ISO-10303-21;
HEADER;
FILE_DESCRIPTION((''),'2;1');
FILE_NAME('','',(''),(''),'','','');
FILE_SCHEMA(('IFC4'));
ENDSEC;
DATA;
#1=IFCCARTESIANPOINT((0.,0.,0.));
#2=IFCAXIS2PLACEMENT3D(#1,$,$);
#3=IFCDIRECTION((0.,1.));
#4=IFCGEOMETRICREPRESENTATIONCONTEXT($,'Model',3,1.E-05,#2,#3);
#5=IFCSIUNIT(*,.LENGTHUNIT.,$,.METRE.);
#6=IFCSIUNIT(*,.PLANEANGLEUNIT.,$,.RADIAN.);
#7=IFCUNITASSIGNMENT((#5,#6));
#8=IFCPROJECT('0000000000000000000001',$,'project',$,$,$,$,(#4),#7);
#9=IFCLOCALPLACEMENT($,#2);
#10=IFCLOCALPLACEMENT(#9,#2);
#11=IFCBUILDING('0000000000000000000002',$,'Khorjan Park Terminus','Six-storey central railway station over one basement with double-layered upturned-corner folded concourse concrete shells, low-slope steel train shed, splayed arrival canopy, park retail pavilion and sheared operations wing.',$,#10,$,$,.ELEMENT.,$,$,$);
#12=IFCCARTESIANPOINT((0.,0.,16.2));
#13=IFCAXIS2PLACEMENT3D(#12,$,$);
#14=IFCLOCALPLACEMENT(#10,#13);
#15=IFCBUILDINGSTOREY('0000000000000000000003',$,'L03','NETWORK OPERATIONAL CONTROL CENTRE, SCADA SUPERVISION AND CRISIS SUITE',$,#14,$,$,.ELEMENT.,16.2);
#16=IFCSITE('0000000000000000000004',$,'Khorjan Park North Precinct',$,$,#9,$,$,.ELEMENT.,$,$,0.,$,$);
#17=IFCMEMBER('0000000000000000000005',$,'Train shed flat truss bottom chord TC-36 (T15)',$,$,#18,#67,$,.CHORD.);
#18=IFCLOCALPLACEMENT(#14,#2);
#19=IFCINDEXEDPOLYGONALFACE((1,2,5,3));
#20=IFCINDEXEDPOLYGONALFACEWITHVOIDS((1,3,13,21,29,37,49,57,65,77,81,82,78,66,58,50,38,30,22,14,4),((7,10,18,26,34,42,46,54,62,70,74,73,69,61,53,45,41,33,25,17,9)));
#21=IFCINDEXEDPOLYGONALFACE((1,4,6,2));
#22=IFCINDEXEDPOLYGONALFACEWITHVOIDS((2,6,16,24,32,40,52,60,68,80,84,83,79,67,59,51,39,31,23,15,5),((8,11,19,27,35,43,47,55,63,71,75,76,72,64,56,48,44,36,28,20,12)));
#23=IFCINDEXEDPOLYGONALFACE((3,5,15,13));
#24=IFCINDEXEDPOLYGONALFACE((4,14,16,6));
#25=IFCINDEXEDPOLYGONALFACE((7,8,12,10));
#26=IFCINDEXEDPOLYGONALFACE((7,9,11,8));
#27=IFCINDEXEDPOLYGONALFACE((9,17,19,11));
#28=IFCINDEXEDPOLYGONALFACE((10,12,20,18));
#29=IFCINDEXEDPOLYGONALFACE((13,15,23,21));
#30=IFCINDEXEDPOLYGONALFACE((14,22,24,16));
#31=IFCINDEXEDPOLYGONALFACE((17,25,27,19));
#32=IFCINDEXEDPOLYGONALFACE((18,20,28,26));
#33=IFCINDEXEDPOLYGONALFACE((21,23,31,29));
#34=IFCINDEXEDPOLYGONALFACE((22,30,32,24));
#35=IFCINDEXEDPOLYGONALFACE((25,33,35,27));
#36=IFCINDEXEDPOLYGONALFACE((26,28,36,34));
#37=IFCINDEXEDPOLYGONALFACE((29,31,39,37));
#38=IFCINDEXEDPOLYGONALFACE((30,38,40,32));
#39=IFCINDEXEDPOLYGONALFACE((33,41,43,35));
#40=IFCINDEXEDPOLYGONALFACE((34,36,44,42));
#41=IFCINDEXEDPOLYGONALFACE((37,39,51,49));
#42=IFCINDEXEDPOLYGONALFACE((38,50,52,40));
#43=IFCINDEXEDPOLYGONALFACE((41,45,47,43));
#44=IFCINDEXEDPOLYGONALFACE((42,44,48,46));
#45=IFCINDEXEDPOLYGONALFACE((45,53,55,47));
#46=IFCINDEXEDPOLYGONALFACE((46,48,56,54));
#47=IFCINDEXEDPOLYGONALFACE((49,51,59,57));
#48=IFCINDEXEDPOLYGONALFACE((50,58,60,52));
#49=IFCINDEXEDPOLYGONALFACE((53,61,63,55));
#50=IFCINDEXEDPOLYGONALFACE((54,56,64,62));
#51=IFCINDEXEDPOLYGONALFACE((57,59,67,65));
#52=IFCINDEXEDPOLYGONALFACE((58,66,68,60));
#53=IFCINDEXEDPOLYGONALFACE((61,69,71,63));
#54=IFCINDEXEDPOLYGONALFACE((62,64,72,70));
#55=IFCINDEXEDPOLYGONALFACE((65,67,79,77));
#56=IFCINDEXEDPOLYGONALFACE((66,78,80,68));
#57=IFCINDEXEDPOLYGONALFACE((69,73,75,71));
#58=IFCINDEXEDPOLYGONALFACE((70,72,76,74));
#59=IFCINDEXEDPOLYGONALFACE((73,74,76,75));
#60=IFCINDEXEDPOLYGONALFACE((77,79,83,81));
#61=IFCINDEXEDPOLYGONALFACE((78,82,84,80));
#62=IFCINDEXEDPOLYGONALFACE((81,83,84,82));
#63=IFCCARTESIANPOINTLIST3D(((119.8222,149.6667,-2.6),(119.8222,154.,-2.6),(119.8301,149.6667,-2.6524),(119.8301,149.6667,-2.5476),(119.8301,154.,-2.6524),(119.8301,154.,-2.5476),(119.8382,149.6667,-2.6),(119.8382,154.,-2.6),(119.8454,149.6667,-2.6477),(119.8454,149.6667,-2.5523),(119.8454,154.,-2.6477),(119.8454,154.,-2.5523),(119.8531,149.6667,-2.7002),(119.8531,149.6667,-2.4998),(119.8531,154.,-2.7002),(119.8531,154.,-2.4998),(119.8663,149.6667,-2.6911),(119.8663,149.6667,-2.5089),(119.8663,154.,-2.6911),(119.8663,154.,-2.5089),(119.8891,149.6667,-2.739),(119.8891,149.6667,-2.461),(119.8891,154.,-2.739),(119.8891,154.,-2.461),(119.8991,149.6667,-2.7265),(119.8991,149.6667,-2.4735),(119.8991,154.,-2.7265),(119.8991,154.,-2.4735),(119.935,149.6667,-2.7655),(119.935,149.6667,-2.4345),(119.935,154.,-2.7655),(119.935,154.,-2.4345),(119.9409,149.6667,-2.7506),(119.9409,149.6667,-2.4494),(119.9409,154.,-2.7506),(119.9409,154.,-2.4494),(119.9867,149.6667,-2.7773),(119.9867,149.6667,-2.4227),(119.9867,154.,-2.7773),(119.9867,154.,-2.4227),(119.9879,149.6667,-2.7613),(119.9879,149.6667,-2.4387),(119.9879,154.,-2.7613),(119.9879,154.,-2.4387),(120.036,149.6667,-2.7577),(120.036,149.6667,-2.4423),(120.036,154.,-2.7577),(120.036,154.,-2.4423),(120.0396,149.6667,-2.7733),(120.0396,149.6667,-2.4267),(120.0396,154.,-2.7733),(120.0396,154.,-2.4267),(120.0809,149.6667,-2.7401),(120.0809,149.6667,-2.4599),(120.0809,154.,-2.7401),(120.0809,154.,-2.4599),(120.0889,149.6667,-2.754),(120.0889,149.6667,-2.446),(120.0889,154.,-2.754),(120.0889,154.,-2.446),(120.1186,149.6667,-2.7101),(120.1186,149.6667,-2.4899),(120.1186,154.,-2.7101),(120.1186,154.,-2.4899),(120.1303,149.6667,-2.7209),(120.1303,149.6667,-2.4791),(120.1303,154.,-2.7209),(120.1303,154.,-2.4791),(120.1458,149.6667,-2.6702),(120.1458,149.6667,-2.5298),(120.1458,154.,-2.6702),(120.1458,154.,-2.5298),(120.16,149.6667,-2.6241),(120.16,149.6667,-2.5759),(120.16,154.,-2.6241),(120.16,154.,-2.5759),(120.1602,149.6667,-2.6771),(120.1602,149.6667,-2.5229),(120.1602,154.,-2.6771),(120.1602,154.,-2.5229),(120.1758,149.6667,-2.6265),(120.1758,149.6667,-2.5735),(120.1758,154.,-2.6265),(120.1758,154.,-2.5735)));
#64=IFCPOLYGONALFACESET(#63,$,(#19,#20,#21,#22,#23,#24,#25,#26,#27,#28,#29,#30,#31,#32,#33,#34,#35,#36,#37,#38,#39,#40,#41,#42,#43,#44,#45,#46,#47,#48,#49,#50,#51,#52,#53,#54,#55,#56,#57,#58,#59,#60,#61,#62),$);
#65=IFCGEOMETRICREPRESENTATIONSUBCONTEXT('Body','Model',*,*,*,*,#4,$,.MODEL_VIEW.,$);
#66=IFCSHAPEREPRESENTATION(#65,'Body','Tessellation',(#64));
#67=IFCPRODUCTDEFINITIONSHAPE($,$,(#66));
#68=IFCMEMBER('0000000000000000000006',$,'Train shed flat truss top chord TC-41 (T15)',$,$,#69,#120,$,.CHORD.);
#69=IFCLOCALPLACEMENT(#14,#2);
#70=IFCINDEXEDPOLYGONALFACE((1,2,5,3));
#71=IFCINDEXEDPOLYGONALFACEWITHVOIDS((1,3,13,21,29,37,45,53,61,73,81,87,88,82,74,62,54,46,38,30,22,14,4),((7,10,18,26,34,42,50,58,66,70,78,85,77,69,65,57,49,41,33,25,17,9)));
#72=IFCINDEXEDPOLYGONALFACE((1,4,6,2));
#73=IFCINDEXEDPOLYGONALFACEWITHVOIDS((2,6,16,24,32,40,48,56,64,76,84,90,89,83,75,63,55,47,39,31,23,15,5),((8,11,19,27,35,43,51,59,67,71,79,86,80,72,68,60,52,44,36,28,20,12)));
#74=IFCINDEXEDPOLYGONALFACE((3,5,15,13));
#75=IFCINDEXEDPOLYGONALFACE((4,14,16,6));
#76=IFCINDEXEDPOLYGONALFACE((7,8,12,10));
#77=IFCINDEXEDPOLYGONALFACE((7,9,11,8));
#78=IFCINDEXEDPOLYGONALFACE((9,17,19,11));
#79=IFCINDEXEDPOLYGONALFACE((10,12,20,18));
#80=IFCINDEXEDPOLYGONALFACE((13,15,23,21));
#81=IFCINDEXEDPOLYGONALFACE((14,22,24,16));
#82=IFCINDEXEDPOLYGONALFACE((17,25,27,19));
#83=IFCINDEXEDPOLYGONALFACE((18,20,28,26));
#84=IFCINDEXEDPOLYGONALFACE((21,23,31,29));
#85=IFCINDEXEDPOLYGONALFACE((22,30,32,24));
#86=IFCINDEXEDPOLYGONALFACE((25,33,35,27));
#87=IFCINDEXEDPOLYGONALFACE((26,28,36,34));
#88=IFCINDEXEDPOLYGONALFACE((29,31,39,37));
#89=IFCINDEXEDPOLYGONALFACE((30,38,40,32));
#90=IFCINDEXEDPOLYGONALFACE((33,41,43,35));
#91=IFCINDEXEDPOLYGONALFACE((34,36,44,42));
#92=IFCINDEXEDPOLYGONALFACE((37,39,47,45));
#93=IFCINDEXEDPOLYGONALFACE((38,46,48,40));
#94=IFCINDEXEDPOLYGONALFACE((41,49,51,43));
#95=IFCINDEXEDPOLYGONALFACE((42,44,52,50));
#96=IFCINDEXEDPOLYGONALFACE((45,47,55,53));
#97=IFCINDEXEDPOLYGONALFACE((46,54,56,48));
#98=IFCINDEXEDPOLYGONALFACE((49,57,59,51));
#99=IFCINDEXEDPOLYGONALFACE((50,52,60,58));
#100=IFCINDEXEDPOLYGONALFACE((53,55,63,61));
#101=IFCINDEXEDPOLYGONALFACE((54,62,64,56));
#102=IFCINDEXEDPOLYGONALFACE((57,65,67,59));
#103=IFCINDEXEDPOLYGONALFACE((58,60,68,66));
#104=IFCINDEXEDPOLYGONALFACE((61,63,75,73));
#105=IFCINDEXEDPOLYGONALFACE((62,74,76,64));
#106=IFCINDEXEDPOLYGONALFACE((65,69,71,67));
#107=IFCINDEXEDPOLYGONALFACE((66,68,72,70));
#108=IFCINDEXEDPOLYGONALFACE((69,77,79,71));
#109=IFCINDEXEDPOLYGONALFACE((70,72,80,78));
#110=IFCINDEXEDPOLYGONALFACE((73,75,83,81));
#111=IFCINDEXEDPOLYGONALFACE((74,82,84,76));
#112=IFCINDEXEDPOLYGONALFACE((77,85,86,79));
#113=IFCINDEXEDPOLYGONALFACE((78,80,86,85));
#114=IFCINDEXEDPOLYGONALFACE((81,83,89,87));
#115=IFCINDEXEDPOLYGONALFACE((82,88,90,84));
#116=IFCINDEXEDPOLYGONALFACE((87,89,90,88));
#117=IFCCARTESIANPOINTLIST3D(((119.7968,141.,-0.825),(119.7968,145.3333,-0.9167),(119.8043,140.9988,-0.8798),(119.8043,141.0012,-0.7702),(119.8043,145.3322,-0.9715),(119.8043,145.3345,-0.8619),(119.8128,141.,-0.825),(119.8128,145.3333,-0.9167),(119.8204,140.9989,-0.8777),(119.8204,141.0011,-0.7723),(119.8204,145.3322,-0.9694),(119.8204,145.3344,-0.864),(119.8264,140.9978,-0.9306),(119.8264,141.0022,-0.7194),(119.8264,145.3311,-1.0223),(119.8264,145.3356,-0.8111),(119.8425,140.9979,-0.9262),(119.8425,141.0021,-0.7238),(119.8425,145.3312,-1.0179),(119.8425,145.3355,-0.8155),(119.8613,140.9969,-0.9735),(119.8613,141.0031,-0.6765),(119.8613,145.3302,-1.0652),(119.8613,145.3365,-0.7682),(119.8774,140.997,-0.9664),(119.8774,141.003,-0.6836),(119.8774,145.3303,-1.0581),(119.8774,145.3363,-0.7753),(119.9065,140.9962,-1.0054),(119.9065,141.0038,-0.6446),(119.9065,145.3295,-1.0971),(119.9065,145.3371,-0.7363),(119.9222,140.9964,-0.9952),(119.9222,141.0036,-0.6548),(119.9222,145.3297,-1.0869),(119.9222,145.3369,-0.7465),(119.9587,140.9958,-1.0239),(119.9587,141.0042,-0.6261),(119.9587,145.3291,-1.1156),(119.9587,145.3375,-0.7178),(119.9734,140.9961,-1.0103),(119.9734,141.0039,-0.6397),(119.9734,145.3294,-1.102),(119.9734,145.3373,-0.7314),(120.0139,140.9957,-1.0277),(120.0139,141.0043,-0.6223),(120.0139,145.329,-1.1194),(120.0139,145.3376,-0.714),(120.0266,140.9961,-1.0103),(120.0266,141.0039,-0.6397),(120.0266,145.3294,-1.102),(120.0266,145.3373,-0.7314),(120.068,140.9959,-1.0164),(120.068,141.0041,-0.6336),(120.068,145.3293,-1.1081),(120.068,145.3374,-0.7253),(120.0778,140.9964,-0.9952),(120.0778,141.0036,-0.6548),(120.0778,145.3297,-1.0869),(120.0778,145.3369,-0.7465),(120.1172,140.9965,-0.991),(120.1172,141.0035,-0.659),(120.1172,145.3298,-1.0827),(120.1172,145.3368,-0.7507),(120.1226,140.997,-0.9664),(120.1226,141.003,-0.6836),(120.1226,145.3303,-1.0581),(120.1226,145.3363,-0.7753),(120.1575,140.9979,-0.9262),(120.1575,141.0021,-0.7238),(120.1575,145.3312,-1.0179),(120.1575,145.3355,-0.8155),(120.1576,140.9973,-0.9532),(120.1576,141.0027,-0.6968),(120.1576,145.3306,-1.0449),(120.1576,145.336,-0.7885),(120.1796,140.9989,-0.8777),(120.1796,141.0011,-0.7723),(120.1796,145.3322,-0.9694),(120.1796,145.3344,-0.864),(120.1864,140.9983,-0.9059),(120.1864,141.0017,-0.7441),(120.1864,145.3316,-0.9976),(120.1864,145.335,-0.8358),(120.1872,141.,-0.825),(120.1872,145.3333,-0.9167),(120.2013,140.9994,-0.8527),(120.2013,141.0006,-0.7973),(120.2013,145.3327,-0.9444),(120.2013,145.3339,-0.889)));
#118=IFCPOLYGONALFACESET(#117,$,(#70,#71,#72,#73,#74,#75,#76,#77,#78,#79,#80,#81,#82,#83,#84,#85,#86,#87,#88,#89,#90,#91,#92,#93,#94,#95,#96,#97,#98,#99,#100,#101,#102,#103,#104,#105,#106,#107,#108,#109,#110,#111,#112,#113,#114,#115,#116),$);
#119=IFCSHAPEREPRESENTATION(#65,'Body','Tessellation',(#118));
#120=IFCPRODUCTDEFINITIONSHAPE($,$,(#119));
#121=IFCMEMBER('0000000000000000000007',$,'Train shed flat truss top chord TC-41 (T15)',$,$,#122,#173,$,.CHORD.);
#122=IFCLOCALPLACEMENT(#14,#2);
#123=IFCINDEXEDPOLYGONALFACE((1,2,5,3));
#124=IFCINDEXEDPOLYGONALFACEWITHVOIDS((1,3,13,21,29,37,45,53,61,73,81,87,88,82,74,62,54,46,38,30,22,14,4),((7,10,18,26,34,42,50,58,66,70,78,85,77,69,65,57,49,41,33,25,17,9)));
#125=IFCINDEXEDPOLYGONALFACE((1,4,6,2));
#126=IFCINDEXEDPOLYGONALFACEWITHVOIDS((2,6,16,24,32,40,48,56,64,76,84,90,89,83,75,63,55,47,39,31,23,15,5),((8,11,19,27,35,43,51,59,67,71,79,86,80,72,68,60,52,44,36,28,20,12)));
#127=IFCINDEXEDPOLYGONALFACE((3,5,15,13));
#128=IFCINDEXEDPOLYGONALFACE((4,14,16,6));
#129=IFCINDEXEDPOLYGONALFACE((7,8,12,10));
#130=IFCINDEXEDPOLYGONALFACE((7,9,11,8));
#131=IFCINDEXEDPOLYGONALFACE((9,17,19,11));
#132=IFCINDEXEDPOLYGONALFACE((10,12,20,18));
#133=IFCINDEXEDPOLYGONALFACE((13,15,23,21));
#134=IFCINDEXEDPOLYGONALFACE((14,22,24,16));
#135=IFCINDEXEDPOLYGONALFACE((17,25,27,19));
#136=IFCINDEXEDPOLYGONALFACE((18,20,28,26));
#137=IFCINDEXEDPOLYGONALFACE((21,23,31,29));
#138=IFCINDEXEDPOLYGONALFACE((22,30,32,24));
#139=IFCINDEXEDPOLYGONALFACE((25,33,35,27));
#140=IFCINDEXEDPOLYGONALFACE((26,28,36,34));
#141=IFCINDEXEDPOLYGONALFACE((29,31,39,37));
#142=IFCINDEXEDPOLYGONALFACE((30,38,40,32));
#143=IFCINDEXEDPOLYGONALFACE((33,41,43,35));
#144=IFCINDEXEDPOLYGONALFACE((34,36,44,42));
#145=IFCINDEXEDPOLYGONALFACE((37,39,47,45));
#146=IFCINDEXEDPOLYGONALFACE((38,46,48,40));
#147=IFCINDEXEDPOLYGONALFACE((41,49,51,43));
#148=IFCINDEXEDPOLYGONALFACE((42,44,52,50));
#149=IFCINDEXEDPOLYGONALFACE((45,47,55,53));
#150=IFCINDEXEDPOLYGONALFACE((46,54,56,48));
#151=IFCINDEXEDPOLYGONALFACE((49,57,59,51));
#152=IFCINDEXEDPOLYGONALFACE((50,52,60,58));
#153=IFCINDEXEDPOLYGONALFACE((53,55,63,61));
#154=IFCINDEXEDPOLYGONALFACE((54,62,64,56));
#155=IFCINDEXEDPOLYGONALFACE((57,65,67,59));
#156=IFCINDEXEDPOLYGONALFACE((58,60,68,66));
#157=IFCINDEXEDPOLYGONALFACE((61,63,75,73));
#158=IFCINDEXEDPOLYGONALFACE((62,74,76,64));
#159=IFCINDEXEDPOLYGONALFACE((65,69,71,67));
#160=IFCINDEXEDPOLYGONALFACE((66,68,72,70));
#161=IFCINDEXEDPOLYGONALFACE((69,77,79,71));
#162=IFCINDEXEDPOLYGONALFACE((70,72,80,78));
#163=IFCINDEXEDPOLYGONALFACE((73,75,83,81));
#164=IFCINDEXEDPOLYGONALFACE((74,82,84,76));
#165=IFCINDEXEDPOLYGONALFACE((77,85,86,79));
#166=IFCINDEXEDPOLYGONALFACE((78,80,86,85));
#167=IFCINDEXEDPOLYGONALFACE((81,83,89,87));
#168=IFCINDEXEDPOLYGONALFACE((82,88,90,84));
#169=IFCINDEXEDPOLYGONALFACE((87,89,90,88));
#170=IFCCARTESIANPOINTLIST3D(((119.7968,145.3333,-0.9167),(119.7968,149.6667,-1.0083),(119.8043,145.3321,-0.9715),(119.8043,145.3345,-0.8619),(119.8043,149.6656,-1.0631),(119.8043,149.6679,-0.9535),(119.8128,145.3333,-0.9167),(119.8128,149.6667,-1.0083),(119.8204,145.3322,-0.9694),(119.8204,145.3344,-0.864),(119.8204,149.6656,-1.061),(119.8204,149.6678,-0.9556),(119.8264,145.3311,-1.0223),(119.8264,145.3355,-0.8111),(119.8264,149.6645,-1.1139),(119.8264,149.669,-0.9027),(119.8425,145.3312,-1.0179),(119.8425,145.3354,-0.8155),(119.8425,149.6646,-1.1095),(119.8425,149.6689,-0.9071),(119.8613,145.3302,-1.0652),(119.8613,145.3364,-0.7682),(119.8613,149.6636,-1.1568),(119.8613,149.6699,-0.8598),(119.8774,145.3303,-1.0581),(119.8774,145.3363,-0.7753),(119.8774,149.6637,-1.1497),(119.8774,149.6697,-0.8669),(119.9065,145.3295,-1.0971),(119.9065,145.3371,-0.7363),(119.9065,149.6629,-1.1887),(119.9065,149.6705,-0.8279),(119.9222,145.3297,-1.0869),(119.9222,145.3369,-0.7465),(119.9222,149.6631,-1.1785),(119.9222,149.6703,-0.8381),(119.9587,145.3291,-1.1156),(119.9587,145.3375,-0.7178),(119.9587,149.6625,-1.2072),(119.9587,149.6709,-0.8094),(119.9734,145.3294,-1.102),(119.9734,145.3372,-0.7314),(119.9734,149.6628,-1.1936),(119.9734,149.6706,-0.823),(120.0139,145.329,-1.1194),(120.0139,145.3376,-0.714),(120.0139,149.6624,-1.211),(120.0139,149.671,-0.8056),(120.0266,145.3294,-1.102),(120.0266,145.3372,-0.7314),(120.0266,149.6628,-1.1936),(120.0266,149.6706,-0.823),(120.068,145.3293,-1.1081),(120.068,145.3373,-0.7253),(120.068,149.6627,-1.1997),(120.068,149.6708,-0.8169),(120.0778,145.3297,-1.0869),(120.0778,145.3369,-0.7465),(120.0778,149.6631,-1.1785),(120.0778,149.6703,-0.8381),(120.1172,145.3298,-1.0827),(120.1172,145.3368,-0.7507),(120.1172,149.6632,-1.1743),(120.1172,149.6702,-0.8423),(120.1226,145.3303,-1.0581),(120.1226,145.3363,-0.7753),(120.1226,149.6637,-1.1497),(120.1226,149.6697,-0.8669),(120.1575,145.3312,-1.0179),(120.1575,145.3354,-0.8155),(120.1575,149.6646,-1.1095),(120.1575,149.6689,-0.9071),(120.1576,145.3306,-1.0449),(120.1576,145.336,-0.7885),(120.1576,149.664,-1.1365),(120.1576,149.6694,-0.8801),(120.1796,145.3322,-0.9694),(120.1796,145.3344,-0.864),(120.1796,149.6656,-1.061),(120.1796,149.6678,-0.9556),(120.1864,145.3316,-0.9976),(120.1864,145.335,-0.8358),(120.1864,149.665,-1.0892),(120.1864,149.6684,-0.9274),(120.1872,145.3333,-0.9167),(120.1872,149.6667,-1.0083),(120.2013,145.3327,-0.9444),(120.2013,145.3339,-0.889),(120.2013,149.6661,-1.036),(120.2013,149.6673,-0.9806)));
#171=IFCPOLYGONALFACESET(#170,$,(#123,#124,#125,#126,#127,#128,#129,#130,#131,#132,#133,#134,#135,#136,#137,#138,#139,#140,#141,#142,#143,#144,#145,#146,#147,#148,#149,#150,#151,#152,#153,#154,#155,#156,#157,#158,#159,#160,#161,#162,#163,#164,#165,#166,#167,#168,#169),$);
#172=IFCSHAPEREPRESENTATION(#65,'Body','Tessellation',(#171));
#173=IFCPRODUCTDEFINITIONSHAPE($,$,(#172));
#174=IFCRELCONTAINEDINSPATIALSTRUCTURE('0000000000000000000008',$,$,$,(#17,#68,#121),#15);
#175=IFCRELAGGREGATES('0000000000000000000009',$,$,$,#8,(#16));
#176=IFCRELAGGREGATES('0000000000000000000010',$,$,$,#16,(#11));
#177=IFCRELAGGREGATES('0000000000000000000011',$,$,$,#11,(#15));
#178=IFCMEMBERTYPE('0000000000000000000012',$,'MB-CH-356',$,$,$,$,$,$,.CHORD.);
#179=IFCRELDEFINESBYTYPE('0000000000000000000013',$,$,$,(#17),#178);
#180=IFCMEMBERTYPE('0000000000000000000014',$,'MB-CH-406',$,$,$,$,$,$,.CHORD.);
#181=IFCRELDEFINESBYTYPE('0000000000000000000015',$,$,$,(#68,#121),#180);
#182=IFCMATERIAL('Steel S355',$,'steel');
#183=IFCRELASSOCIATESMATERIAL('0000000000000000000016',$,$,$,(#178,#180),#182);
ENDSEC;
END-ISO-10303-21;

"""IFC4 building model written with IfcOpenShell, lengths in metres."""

from ifc_helpers import new_model, si_unit, direction, frame, origin, origin_2d, place, context, subcontext, project, spatial, hollow_circle, extrude, material, material_profile, profile_set, type_object, element, save


model = new_model("IFC4")

# Units and contexts
model_context = context("Model", 3, precision=1e-05, world=origin(), true_north=direction((0.0, 1.0)))
body_context = subcontext(model_context, "Body", "Model", "MODEL_VIEW")
ifc_project = project(units=[si_unit("LENGTHUNIT", "METRE"), si_unit("PLANEANGLEUNIT", "RADIAN")], contexts=[model_context])

# Site, building, storey
site_placement = place(None, origin())
site = spatial("IfcSite", under=ifc_project, at=site_placement, Name="Khorjan Park North Precinct", CompositionType="ELEMENT", RefElevation=0.0)
building_placement = place(site_placement, origin())
building = spatial("IfcBuilding", under=site, at=building_placement, Name="Khorjan Park Terminus", Description="Six-storey central railway station over one basement with double-layered upturned-corner folded concourse concrete shells, low-slope steel train shed, splayed arrival canopy, park retail pavilion and sheared operations wing.", CompositionType="ELEMENT")
storey_placement = place(building_placement, frame((0.0, 0.0, 16.2)))
storey = spatial("IfcBuildingStorey", under=building, at=storey_placement, Name="L03", Description="NETWORK OPERATIONAL CONTROL CENTRE, SCADA SUPERVISION AND CRISIS SUITE", CompositionType="ELEMENT", Elevation=16.2)

# Members
ifc_material = material(Name="Steel S355", Category="steel")
ifc_material_profile_1 = material_profile(ifc_material, hollow_circle(Radius=0.1778, WallThickness=0.016, at=origin_2d()), Name="CHS 355.6x16")
ifc_profile_set_1 = profile_set([ifc_material_profile_1], Name="Steel S355")
member_type_1 = type_object("IfcMemberType", Name="MB-CH-356", PredefinedType="CHORD", material=ifc_profile_set_1)
member_1_placement = place(storey_placement, frame((120.0, 149.6667, -2.6), z_axis=(0.0, 1.0, 0.0), x_axis=(-1.0, 0.0, 0.0)))
element("IfcMember", 1, at=member_1_placement, inside=storey, type_object=member_type_1, Name="Train shed flat truss bottom chord TC-36 (T15)", PredefinedType="CHORD", context=body_context, shape_type="SweptSolid", body=[
    extrude(hollow_circle(Radius=0.1778, WallThickness=0.016, at=origin_2d()), origin(), (0.0, 0.0, 1.0), 4.3333),
])
ifc_material_profile_2 = material_profile(ifc_material, hollow_circle(Radius=0.2032, WallThickness=0.016, at=origin_2d()), Name="CHS 406.4x16")
ifc_profile_set_2 = profile_set([ifc_material_profile_2], Name="Steel S355")
member_type_2 = type_object("IfcMemberType", Name="MB-CH-406", PredefinedType="CHORD", material=ifc_profile_set_2)
member_2_placement = place(storey_placement, frame((120.0, 141.0, -0.825), z_axis=(0.0, 0.999776, -0.021157), x_axis=(-1.0, 0.0, 0.0)))
element("IfcMember", 2, at=member_2_placement, inside=storey, type_object=member_type_2, Name="Train shed flat truss top chord TC-41 (T15)", PredefinedType="CHORD", context=body_context, shape_type="SweptSolid", body=[
    extrude(hollow_circle(Radius=0.2032, WallThickness=0.016, at=origin_2d()), origin(), (0.0, 0.0, 1.0), 4.3343),
])
member_3_placement = place(storey_placement, frame((120.0, 145.3333, -0.9167), z_axis=(0.0, 0.999777, -0.021133), x_axis=(-1.0, 0.0, 0.0)))
element("IfcMember", 3, at=member_3_placement, inside=storey, type_object=member_type_2, Name="Train shed flat truss top chord TC-41 (T15)", PredefinedType="CHORD", context=body_context, shape_type="SweptSolid", body=[
    extrude(hollow_circle(Radius=0.2032, WallThickness=0.016, at=origin_2d()), origin(), (0.0, 0.0, 1.0), 4.3344),
])

save(model, "model.ifc")
